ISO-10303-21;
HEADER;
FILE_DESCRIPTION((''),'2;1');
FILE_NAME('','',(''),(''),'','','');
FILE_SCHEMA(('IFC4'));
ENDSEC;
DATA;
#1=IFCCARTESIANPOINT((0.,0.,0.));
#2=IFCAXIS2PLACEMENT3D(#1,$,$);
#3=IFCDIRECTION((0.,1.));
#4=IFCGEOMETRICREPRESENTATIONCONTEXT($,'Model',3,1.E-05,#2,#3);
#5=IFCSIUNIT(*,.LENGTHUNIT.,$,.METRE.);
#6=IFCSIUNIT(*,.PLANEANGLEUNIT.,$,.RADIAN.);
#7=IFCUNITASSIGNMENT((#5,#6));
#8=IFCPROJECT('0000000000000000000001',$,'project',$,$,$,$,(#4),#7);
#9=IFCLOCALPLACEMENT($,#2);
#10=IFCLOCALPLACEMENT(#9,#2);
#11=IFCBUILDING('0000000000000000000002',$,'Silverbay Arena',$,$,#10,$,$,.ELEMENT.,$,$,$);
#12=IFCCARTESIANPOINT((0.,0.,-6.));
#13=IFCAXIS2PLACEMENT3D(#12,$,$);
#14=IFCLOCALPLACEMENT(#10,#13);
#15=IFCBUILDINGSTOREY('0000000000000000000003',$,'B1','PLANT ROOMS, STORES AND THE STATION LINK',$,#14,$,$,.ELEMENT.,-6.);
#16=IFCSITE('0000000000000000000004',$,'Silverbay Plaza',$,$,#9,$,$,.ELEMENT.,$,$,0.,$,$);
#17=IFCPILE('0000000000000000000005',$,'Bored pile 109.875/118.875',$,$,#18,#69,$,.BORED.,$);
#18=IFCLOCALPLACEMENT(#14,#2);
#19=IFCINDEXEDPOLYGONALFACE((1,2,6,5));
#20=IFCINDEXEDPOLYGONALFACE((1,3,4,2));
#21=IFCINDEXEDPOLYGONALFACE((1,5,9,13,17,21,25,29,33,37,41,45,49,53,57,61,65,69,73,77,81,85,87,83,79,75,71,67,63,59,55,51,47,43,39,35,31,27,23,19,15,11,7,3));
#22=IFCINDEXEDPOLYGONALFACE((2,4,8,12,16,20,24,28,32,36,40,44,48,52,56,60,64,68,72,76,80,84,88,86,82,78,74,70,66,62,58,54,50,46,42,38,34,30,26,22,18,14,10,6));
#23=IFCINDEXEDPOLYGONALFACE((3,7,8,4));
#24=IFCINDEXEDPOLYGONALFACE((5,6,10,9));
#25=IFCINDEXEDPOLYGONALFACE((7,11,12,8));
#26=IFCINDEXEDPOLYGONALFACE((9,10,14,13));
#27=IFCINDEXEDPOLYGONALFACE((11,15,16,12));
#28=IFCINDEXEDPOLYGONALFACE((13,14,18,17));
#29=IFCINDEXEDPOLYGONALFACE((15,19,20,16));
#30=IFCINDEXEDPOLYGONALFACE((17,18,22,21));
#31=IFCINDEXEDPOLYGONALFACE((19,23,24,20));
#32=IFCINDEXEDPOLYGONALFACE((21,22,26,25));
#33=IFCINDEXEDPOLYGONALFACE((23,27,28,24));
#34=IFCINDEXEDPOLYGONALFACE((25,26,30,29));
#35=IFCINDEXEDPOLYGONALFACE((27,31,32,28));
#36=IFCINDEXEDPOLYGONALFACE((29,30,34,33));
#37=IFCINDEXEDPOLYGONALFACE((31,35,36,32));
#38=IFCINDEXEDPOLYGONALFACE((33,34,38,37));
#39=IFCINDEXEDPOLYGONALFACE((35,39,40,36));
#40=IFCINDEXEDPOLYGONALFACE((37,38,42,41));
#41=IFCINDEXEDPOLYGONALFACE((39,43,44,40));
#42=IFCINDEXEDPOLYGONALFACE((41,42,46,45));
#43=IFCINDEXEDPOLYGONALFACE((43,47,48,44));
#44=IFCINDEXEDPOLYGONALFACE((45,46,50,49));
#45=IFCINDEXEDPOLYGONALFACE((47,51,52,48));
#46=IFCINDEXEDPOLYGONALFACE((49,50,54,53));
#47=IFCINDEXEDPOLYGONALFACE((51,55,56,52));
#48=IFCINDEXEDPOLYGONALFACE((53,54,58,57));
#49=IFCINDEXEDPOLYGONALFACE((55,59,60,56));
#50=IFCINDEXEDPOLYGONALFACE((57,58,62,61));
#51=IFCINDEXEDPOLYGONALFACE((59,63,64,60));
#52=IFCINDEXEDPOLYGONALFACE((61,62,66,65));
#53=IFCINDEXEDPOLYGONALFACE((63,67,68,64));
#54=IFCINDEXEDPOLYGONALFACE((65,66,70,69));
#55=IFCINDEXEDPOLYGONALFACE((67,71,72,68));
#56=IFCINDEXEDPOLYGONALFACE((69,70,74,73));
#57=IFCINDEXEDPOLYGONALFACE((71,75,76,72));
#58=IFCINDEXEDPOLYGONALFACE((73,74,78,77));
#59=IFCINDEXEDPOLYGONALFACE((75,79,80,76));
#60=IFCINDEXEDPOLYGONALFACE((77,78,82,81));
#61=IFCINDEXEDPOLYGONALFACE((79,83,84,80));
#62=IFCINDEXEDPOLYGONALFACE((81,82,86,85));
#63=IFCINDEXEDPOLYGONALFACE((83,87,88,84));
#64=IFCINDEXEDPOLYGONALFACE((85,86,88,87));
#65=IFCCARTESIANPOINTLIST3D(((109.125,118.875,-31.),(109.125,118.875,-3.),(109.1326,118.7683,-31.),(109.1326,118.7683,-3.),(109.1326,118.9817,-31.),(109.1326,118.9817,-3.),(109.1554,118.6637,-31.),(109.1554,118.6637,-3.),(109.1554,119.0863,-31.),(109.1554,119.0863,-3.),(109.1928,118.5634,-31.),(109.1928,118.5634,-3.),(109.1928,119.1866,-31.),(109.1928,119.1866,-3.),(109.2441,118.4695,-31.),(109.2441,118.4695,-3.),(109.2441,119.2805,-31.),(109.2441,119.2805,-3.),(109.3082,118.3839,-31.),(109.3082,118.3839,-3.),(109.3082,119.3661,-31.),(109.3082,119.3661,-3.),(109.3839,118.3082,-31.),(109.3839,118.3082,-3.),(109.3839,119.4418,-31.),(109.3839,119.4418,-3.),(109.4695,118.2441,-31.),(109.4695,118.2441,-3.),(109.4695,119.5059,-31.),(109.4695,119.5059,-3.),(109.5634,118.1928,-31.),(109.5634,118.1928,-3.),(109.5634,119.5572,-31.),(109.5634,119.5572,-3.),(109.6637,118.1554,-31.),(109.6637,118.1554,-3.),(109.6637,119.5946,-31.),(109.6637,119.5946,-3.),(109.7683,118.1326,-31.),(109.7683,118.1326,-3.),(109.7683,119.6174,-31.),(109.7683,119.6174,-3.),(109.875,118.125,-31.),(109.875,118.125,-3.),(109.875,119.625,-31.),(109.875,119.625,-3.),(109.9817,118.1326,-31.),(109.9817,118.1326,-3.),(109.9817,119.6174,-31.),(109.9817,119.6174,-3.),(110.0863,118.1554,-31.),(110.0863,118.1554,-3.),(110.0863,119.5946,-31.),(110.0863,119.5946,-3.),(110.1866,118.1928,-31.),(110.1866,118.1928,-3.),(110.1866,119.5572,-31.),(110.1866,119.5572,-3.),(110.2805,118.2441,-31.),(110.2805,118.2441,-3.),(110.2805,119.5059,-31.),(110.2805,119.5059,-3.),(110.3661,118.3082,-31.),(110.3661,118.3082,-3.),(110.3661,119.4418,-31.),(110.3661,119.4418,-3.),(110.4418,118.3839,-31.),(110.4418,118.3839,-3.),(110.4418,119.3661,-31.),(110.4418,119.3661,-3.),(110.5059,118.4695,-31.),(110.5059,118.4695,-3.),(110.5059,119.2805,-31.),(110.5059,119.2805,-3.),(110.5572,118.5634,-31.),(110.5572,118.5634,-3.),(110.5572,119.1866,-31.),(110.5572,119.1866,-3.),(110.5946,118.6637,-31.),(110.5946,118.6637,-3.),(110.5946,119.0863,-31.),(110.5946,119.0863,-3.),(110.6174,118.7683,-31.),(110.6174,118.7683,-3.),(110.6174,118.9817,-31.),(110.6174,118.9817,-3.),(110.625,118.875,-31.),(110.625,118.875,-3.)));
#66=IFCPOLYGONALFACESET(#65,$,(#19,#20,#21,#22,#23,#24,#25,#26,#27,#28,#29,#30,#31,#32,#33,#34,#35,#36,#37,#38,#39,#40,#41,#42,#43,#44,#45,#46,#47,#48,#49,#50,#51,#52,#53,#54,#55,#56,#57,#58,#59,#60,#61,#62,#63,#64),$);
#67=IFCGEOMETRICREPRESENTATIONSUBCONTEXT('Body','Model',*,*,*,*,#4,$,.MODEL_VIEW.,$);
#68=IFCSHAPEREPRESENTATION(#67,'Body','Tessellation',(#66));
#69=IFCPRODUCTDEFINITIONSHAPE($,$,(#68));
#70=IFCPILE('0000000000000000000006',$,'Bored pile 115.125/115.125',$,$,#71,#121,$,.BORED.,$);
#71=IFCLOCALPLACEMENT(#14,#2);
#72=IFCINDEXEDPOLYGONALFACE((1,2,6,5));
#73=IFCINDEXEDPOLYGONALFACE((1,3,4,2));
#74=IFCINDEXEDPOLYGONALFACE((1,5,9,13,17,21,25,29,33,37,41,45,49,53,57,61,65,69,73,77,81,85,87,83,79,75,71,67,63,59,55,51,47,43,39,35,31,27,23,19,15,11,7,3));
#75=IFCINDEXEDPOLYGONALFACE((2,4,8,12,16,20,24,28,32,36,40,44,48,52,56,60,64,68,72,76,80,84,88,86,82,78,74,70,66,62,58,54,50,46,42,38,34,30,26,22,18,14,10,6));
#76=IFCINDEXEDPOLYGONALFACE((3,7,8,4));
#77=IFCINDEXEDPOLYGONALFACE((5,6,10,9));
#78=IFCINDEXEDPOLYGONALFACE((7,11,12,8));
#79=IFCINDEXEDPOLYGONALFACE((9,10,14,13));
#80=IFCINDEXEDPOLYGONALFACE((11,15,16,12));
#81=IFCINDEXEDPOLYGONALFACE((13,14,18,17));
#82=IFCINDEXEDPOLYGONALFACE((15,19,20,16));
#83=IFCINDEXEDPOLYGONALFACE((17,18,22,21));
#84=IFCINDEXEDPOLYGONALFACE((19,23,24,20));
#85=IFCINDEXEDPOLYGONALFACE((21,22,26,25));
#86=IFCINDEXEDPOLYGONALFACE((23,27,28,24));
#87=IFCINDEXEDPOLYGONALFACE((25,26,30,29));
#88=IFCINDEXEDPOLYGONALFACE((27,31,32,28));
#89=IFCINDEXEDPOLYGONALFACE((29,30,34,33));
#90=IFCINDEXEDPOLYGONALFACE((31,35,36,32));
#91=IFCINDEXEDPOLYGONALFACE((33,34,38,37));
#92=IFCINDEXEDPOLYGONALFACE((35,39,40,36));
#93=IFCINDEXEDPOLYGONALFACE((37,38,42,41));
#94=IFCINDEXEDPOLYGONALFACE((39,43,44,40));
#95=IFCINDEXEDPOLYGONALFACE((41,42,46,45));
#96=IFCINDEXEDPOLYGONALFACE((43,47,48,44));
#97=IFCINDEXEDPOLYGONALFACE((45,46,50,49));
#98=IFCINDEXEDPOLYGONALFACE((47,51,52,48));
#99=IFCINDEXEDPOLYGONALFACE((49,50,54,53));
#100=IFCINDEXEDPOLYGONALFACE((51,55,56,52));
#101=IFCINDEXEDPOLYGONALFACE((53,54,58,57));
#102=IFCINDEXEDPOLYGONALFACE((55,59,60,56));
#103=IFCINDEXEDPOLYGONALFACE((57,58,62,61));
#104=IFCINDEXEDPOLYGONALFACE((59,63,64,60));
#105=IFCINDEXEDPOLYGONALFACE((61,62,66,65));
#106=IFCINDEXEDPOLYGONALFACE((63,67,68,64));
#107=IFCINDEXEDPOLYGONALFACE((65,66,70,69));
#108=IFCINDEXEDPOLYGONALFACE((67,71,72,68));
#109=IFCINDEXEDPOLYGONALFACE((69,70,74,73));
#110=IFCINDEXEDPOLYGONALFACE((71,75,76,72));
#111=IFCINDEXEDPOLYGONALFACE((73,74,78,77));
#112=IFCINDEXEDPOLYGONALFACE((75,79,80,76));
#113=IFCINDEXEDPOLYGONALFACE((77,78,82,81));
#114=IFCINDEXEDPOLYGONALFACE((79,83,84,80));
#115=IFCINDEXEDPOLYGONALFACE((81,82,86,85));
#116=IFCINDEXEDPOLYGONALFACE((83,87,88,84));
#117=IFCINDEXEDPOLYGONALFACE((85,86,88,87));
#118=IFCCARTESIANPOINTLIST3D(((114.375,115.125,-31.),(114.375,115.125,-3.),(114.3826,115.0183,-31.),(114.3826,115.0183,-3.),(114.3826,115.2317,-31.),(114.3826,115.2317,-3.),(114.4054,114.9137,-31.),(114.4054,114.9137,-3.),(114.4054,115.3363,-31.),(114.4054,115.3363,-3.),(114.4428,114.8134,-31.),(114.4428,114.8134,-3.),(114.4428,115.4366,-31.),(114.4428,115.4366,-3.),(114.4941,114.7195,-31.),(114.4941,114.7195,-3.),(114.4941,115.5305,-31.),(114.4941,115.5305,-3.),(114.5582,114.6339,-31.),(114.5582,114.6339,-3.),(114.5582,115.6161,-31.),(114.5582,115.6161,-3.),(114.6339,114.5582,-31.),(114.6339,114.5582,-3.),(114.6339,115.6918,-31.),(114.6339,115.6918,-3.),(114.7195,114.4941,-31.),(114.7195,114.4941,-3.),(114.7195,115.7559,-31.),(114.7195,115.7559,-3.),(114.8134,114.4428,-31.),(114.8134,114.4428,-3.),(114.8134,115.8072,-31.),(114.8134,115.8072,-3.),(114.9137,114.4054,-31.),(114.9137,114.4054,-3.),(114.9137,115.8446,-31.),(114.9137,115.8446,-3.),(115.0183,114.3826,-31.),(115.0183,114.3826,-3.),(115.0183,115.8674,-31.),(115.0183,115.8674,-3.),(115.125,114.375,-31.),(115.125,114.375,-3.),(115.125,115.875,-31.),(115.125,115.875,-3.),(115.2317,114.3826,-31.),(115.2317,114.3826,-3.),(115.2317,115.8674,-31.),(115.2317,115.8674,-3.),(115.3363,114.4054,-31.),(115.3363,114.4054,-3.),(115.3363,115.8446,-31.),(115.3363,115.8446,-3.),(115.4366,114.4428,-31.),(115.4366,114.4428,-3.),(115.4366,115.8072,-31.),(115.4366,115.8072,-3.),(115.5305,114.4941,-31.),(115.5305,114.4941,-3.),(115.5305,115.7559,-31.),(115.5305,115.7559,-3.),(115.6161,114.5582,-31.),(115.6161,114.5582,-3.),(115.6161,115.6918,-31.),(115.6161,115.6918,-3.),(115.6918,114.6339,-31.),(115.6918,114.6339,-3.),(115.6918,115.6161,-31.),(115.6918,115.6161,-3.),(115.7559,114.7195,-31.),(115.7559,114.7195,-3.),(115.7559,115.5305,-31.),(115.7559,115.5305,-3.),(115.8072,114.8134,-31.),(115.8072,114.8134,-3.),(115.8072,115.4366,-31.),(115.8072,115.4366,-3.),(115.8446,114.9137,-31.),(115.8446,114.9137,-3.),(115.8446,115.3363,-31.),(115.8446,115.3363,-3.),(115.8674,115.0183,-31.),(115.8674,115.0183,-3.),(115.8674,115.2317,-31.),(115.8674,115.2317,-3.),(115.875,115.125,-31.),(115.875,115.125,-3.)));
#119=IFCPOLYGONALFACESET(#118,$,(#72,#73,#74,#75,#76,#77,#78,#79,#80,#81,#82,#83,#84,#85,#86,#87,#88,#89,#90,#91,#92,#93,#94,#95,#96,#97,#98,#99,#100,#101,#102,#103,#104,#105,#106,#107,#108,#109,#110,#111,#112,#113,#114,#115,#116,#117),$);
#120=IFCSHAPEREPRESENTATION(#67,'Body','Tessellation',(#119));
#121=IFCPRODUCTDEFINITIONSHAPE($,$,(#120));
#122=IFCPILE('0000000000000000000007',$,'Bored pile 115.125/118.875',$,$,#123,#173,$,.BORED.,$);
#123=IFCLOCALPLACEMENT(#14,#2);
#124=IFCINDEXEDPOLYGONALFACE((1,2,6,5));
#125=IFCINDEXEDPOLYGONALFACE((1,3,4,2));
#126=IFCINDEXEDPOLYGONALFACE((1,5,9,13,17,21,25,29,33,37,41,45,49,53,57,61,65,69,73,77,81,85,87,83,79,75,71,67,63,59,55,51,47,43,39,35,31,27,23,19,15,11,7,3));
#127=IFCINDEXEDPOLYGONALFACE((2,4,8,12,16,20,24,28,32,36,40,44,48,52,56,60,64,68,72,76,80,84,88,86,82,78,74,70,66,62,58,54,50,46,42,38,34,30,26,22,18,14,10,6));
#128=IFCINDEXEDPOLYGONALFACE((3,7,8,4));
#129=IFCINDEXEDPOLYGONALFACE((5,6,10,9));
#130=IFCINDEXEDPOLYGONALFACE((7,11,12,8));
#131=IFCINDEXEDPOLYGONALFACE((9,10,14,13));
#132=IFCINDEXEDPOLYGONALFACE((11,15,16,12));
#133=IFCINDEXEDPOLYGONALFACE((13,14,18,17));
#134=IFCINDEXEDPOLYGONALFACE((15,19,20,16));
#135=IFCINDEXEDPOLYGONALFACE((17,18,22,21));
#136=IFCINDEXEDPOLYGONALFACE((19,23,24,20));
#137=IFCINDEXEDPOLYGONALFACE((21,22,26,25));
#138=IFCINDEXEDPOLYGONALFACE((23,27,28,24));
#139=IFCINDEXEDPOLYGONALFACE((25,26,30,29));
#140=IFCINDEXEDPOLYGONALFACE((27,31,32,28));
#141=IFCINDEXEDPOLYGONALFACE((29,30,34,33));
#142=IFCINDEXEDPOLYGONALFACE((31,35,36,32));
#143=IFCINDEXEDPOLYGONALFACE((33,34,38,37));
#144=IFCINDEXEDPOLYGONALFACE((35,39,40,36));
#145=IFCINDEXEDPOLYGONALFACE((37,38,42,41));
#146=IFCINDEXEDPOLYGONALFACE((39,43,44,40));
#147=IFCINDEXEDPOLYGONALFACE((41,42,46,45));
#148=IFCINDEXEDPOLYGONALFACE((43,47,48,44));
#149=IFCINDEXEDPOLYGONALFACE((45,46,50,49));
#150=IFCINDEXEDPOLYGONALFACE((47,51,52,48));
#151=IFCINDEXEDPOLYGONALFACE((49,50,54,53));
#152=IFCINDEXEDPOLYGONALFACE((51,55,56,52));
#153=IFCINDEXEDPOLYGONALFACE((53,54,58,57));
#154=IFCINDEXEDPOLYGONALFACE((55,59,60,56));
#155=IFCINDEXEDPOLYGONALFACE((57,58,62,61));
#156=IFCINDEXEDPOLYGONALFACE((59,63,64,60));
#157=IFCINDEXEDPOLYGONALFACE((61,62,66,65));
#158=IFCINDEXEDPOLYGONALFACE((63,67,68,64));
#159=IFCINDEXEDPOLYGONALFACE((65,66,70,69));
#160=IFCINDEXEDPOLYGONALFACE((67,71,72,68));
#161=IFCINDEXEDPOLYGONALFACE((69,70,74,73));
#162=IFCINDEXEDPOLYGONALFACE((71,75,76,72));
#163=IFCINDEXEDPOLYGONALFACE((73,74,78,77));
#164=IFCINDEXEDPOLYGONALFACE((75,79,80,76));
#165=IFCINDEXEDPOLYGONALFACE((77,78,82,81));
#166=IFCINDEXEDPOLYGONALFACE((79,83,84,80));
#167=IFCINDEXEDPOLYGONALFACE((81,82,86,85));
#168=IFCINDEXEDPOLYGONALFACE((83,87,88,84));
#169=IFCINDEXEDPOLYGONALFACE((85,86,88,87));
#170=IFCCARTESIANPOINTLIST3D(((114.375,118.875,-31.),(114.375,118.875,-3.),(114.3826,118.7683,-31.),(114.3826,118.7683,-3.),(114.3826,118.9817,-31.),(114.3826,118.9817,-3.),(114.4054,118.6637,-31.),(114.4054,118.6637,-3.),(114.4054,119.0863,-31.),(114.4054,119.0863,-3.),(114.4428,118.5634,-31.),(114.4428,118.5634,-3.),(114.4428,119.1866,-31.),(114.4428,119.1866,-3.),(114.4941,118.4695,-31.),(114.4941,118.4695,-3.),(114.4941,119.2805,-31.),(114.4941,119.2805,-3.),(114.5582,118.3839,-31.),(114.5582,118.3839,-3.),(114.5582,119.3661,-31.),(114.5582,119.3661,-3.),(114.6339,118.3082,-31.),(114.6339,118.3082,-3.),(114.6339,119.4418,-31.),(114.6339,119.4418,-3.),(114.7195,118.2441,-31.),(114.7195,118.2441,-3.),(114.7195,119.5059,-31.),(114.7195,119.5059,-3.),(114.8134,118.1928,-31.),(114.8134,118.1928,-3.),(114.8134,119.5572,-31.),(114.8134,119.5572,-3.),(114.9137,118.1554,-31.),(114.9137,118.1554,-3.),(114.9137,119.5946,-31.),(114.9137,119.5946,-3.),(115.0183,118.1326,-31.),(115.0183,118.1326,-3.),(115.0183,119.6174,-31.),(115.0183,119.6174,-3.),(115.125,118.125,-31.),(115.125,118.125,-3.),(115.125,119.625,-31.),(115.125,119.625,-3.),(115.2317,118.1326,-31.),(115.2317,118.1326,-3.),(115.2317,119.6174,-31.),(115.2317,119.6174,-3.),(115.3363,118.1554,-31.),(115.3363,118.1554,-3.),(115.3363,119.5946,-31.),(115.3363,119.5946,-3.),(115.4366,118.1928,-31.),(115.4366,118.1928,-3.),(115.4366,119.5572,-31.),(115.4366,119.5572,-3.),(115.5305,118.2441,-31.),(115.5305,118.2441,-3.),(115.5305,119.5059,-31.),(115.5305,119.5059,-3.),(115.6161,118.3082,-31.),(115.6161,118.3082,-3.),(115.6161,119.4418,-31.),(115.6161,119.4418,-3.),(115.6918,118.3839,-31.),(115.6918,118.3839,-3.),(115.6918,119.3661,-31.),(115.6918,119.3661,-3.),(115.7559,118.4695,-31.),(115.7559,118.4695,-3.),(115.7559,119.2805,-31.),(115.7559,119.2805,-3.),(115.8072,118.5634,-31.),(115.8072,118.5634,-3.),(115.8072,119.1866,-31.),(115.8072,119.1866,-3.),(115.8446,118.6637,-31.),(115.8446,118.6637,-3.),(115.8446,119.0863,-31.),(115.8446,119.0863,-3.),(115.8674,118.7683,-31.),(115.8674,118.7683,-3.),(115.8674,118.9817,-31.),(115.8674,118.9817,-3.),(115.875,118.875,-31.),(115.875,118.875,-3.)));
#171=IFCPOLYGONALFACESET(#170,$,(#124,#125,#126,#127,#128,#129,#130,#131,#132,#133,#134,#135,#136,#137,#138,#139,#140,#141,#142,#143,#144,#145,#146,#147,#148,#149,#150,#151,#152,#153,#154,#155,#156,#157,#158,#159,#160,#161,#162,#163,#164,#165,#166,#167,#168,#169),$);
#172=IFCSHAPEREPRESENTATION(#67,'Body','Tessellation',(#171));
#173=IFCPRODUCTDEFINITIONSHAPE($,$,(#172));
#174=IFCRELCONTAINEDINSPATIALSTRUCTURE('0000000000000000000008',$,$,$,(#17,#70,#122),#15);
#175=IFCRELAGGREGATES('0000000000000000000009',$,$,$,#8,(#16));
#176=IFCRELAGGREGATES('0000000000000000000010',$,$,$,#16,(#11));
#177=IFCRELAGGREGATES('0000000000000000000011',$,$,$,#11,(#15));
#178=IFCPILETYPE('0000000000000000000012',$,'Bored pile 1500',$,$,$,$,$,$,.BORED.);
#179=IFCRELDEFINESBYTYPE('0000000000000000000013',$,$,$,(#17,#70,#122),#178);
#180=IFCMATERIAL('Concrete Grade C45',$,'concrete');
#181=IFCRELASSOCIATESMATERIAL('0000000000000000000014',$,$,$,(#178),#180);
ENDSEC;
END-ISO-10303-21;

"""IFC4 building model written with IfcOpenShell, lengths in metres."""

from ifc_helpers import new_model, si_unit, direction, frame, origin, origin_2d, place, context, subcontext, project, spatial, circle, extrude, material, material_profile, profile_set, type_object, element, save


model = new_model("IFC4")

# Units and contexts
model_context = context("Model", 3, precision=1e-05, world=origin(), true_north=direction((0.0, 1.0)))
body_context = subcontext(model_context, "Body", "Model", "MODEL_VIEW")
ifc_project = project(units=[si_unit("LENGTHUNIT", "METRE"), si_unit("PLANEANGLEUNIT", "RADIAN")], contexts=[model_context])

# Site, building, storey
site_placement = place(None, origin())
site = spatial("IfcSite", under=ifc_project, at=site_placement, Name="Silverbay Plaza", CompositionType="ELEMENT", RefElevation=0.0)
building_placement = place(site_placement, origin())
building = spatial("IfcBuilding", under=site, at=building_placement, Name="Silverbay Arena", CompositionType="ELEMENT")
storey_placement = place(building_placement, frame((0.0, 0.0, -6.0)))
storey = spatial("IfcBuildingStorey", under=building, at=storey_placement, Name="B1", Description="PLANT ROOMS, STORES AND THE STATION LINK", CompositionType="ELEMENT", Elevation=-6.0)

# Piles
ifc_material_1 = material(Name="Concrete Grade C45", Category="concrete")
ifc_material_profile_1 = material_profile(ifc_material_1, circle(Radius=0.75, at=origin_2d()), Name="Bored pile 1500")
ifc_profile_set_1 = profile_set([ifc_material_profile_1], Name="Concrete Grade C45")
pile_type_1 = type_object("IfcPileType", Name="Bored pile 1500", PredefinedType="BORED", material=ifc_profile_set_1)
for number, where, z_axis, x_axis, name in (
    (1, (109.875, 118.875, -3.0), (0.0, 0.0, -1.0), (1.0, 0.0, 0.0), "Bored pile 109.875/118.875"),
    (2, (115.125, 115.125, -3.0), (0.0, 0.0, -1.0), (1.0, 0.0, 0.0), "Bored pile 115.125/115.125"),
    (3, (115.125, 118.875, -3.0), (0.0, 0.0, -1.0), (1.0, 0.0, 0.0), "Bored pile 115.125/118.875"),
):
    element("IfcPile", number, at=place(storey_placement, frame(where, z_axis=z_axis, x_axis=x_axis)), inside=storey, type_object=pile_type_1, Name=name, PredefinedType="BORED", context=body_context, shape_type="SweptSolid", body=[
        extrude(circle(Radius=0.75, at=origin_2d()), origin(), (0.0, 0.0, 1.0), 28.0),
    ])

save(model, "model.ifc")
